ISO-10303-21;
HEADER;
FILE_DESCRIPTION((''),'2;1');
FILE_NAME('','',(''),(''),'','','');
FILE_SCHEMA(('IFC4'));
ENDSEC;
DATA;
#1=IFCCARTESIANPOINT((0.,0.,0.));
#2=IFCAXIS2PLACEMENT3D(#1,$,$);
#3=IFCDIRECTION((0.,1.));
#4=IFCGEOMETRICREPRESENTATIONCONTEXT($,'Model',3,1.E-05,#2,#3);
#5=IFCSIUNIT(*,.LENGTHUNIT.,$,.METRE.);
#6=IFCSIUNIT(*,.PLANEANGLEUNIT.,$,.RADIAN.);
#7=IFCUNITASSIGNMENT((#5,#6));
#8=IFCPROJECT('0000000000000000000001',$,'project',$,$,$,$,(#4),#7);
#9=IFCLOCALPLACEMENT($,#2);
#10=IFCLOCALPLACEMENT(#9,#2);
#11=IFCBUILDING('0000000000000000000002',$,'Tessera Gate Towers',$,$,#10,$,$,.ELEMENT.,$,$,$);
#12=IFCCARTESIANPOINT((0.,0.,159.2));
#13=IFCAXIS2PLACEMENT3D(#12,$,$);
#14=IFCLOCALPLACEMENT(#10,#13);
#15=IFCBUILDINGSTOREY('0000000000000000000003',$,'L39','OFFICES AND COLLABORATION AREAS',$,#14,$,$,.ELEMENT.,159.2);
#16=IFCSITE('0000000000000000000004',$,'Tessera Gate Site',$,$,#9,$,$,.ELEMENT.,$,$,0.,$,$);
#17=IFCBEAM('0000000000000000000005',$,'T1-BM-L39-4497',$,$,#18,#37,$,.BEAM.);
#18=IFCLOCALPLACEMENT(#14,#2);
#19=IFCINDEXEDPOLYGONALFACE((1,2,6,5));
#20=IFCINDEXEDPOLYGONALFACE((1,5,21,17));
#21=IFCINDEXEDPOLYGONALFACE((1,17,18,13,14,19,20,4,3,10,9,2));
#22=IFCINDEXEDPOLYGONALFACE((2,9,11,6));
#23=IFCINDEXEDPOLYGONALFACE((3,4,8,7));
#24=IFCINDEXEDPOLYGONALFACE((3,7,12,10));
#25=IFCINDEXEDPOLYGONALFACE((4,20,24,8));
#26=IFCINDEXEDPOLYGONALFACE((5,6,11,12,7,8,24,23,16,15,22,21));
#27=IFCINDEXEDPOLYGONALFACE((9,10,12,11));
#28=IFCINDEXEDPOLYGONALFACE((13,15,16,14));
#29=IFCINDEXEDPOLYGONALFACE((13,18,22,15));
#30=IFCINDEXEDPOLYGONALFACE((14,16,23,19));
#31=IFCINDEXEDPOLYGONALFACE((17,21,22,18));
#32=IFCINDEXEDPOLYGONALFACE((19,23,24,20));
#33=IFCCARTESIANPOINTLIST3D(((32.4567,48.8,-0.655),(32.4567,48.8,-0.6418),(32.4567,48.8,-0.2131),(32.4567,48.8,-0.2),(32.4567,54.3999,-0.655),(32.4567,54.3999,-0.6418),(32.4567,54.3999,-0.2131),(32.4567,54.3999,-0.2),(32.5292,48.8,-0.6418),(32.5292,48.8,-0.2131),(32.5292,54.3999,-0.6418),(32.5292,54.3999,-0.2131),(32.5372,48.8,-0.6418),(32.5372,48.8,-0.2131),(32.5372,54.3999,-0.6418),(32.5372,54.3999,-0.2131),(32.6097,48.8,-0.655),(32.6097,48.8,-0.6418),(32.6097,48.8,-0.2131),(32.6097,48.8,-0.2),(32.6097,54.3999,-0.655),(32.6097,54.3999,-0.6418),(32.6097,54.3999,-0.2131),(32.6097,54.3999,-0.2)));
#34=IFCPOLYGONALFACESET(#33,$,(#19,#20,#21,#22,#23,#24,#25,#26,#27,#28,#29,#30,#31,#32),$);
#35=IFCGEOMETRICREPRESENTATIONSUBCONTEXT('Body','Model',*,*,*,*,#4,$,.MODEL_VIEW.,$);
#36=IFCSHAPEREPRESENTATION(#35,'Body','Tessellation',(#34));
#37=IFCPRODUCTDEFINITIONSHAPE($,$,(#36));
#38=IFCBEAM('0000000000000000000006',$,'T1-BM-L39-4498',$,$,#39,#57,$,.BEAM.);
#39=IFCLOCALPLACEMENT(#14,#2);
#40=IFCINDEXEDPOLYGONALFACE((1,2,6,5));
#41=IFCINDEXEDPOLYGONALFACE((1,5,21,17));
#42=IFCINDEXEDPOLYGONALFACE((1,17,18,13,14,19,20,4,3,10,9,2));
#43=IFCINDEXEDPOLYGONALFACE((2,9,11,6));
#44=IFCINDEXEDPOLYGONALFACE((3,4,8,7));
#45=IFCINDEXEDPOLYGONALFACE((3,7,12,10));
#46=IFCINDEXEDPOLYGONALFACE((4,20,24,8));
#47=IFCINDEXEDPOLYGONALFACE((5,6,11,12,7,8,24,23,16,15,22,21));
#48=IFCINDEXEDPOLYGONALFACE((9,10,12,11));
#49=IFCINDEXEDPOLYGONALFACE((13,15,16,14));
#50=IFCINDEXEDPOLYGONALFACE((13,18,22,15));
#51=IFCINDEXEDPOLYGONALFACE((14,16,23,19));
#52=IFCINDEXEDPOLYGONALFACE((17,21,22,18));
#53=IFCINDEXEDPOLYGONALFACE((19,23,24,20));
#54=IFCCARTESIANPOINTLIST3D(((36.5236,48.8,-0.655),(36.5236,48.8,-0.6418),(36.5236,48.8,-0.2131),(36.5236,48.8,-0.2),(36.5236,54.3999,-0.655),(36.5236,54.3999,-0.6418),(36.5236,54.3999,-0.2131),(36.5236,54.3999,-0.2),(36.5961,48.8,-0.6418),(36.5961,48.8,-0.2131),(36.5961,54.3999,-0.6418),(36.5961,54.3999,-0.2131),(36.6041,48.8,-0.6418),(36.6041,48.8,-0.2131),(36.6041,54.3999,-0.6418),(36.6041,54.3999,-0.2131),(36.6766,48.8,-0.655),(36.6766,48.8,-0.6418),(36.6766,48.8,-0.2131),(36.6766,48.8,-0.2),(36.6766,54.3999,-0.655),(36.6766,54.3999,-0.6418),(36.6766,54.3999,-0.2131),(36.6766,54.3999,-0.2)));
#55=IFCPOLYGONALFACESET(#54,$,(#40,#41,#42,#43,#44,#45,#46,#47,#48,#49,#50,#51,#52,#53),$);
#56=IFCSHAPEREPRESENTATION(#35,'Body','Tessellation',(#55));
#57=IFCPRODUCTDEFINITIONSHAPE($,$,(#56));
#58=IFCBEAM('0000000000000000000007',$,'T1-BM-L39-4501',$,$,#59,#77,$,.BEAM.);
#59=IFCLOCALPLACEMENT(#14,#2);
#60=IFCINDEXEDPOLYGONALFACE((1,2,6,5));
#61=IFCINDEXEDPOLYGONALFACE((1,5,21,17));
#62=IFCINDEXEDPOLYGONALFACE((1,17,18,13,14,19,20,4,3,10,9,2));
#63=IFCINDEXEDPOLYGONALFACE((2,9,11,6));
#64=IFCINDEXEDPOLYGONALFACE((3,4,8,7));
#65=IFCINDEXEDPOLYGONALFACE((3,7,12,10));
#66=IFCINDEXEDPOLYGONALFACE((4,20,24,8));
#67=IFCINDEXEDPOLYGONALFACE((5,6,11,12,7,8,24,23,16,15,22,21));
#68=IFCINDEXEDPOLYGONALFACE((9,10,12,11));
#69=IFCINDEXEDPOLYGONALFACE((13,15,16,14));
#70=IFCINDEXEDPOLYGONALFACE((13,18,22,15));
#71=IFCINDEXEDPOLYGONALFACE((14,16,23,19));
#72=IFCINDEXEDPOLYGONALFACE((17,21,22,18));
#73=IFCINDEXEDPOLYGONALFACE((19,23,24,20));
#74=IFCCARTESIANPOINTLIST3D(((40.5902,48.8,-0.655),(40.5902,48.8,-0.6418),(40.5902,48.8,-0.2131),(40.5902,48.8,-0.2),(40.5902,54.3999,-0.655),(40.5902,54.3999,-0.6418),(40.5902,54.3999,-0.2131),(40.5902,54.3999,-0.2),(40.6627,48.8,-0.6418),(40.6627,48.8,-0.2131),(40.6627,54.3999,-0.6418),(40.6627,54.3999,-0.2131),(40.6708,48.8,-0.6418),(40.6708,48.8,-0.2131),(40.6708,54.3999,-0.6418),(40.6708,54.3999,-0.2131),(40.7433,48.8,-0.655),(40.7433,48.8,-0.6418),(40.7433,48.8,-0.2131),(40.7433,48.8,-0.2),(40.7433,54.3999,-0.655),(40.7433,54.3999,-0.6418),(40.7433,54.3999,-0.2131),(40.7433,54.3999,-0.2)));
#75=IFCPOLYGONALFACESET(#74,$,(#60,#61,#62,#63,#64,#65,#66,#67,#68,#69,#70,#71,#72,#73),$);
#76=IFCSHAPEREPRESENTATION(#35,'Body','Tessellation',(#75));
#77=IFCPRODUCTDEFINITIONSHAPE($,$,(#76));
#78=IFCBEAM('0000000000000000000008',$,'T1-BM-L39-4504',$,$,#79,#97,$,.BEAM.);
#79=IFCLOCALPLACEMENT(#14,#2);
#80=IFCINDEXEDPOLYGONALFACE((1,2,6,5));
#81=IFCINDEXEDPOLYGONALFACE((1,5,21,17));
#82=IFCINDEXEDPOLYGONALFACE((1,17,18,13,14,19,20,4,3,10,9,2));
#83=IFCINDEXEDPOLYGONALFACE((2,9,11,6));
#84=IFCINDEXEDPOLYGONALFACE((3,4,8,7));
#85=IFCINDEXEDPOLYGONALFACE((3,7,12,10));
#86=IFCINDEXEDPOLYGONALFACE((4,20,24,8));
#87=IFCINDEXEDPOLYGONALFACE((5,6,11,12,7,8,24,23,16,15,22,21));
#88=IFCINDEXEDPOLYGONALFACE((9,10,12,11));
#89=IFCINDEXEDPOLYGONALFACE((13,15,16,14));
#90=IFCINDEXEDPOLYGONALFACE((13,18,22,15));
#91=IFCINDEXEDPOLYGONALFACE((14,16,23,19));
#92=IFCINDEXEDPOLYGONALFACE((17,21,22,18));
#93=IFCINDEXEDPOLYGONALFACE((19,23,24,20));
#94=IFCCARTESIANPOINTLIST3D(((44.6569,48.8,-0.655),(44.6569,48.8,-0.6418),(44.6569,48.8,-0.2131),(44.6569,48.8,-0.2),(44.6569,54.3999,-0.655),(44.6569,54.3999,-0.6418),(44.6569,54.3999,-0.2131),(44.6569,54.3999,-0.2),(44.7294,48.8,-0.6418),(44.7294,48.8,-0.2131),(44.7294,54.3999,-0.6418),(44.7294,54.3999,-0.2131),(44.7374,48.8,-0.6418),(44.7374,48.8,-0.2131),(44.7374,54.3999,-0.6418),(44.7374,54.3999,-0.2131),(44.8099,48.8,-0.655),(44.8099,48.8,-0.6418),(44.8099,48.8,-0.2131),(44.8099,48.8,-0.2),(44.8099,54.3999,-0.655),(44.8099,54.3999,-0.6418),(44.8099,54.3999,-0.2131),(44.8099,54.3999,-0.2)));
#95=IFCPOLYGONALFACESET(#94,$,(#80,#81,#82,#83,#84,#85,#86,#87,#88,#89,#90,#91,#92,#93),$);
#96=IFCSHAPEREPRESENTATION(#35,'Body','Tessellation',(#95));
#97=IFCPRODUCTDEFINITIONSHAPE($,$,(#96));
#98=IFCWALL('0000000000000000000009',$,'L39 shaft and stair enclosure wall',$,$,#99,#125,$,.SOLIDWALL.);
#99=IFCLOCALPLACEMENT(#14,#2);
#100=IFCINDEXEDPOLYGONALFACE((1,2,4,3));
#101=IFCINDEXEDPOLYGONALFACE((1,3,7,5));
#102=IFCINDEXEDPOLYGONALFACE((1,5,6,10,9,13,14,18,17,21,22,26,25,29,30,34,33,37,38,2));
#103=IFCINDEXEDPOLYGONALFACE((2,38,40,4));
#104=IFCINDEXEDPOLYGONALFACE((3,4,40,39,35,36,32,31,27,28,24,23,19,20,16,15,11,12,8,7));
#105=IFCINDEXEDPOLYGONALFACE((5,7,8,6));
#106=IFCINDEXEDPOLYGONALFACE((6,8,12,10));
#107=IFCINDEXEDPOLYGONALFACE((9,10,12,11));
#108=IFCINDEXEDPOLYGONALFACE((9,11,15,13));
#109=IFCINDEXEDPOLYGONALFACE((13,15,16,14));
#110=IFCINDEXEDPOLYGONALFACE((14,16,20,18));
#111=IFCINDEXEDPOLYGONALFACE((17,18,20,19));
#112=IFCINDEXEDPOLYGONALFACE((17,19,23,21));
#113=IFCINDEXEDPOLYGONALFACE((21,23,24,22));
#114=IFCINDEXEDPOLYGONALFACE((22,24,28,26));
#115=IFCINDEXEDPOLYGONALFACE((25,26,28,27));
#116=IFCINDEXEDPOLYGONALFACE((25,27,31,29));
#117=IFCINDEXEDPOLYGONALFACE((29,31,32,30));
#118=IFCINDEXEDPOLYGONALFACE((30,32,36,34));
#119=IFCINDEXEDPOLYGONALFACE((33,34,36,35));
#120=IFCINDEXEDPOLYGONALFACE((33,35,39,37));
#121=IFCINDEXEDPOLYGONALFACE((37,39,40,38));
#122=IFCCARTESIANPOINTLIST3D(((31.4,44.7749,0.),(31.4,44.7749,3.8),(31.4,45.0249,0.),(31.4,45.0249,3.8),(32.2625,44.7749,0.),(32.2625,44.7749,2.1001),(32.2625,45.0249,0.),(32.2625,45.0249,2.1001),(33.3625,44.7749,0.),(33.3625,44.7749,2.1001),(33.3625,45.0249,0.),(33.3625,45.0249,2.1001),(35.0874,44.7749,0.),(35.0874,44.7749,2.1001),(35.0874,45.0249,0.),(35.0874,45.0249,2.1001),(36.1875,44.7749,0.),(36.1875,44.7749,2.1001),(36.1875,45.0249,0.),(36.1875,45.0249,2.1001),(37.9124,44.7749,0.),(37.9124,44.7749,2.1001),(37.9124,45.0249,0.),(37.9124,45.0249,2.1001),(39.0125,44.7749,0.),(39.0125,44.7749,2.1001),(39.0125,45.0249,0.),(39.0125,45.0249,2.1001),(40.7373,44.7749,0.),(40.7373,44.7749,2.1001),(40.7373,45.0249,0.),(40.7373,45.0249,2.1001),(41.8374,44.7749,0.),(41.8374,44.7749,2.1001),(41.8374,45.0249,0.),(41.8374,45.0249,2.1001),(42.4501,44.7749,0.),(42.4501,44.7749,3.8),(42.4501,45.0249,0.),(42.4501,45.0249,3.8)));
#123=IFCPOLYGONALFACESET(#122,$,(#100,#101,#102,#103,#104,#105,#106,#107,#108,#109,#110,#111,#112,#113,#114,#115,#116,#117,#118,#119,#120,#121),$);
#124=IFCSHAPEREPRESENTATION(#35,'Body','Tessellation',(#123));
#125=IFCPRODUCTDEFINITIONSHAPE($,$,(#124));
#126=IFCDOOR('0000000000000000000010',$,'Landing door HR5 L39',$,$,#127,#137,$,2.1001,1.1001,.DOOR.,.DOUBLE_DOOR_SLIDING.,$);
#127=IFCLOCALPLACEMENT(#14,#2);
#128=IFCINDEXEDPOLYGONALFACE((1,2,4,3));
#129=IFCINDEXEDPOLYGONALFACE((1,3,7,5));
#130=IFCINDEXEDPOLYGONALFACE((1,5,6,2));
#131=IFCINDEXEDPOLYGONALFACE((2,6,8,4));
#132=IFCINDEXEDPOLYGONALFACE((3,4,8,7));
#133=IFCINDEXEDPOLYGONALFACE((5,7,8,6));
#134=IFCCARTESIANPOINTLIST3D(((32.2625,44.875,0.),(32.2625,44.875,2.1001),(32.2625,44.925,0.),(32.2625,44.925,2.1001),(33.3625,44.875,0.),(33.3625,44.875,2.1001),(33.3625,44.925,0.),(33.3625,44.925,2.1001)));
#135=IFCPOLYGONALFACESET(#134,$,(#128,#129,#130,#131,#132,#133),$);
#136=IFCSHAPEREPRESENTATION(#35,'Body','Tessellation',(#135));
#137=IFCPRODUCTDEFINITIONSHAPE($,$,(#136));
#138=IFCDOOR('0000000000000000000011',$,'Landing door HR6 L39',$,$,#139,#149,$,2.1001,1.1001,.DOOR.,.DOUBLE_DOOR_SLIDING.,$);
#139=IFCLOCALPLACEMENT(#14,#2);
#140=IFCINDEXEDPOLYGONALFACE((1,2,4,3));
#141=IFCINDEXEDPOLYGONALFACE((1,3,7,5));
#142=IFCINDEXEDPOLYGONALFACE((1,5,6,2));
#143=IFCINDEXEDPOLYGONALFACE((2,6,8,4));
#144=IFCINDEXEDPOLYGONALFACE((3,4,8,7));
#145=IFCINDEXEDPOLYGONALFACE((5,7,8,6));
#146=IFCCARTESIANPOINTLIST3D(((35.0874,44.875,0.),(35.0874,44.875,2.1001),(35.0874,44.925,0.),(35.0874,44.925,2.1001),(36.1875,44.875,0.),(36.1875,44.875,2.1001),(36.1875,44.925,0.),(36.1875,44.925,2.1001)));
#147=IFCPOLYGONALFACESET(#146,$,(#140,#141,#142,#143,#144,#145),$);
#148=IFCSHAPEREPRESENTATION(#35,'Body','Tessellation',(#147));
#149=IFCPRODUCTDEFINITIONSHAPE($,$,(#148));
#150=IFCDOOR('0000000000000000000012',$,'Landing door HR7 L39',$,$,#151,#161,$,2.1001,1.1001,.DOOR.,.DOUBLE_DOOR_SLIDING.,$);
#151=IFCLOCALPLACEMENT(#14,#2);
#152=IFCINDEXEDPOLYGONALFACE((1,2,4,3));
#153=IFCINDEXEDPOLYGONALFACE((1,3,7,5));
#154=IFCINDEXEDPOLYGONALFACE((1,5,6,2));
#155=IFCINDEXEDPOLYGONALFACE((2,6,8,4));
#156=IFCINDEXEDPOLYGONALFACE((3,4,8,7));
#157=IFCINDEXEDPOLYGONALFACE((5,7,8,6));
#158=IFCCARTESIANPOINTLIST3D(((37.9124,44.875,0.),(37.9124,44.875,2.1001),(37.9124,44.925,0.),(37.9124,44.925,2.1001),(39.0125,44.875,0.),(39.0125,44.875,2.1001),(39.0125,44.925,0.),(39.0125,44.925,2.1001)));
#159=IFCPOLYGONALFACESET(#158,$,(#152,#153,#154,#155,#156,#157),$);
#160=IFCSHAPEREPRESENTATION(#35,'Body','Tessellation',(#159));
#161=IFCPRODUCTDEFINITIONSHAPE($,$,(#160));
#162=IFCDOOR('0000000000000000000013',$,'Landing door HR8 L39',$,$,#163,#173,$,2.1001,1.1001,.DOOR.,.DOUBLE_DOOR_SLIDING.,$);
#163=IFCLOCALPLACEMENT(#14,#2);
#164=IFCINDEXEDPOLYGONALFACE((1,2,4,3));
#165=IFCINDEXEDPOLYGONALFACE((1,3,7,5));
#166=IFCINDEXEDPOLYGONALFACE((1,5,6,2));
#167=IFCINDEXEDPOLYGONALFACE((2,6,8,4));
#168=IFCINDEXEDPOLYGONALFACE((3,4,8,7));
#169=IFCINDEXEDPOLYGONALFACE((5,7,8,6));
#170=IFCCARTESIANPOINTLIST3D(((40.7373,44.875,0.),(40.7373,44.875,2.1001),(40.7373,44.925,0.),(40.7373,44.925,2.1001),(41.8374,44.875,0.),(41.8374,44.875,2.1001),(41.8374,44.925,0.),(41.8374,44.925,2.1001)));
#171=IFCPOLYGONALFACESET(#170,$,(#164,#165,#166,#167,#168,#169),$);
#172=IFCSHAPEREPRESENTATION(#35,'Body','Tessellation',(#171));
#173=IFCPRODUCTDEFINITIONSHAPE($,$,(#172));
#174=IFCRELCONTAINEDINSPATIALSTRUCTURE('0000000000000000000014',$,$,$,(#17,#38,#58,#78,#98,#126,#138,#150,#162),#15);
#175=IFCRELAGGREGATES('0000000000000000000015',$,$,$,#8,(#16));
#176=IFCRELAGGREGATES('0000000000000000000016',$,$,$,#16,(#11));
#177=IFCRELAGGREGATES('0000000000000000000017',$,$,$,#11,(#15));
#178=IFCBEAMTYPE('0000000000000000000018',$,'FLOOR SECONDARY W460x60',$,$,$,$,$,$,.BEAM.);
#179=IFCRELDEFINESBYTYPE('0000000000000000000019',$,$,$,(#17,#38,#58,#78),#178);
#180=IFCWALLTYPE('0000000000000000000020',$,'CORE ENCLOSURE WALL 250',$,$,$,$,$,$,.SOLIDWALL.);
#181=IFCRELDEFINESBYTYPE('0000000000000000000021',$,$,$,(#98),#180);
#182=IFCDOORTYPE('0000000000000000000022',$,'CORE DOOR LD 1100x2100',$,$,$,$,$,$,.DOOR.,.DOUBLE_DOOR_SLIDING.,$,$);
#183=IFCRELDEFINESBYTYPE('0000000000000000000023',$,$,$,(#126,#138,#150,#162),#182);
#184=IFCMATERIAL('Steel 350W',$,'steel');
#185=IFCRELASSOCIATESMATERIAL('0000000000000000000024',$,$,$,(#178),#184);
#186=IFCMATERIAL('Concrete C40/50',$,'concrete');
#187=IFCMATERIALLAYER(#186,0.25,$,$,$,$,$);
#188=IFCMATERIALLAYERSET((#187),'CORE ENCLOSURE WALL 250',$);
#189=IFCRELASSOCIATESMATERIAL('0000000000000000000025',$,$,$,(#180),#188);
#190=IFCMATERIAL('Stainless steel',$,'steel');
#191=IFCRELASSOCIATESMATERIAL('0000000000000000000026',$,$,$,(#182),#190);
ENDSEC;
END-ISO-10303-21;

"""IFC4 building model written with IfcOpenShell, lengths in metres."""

from ifc_helpers import new_model, si_unit, direction, frame, frame_2d, origin, origin_2d, place, context, subcontext, project, spatial, rectangle, i_section, extrude, source, transform, mapped, material, layer, layer_set, material_profile, profile_set, type_object, element, fill, save


model = new_model("IFC4")

# Units and contexts
model_context = context("Model", 3, precision=1e-05, world=origin(), true_north=direction((0.0, 1.0)))
body_context = subcontext(model_context, "Body", "Model", "MODEL_VIEW")
ifc_project = project(units=[si_unit("LENGTHUNIT", "METRE"), si_unit("PLANEANGLEUNIT", "RADIAN")], contexts=[model_context])

# Site, building, storey
site_placement = place(None, origin())
site = spatial("IfcSite", under=ifc_project, at=site_placement, Name="Tessera Gate Site", CompositionType="ELEMENT", RefElevation=0.0)
building_placement = place(site_placement, origin())
building = spatial("IfcBuilding", under=site, at=building_placement, Name="Tessera Gate Towers", CompositionType="ELEMENT")
storey_placement = place(building_placement, frame((0.0, 0.0, 159.2)))
storey = spatial("IfcBuildingStorey", under=building, at=storey_placement, Name="L39", Description="OFFICES AND COLLABORATION AREAS", CompositionType="ELEMENT", Elevation=159.2)

# Beams
ifc_material_1 = material(Name="Steel 350W", Category="steel")
ifc_material_profile = material_profile(ifc_material_1, i_section(OverallWidth=0.1531, OverallDepth=0.4551, WebThickness=0.0081, FlangeThickness=0.0132, at=origin_2d()), Name="W460x60")
ifc_profile_set = profile_set([ifc_material_profile], Name="Steel 350W")
beam_type = type_object("IfcBeamType", Name="FLOOR SECONDARY W460x60", PredefinedType="BEAM", material=ifc_profile_set)
for number, where, z_axis, x_axis, name in (
    (1, (32.5332, 48.8, -0.4275), (0.0, 1.0, 0.0), (-1.0, 0.0, 0.0), "T1-BM-L39-4497"),
    (2, (36.6001, 48.8, -0.4275), (0.0, 1.0, 0.0), (-1.0, 0.0, 0.0), "T1-BM-L39-4498"),
    (3, (40.6667, 48.8, -0.4275), (0.0, 1.0, 0.0), (-1.0, 0.0, 0.0), "T1-BM-L39-4501"),
    (4, (44.7334, 48.8, -0.4275), (0.0, 1.0, 0.0), (-1.0, 0.0, 0.0), "T1-BM-L39-4504"),
):
    element("IfcBeam", number, at=place(storey_placement, frame(where, z_axis=z_axis, x_axis=x_axis)), inside=storey, type_object=beam_type, Name=name, PredefinedType="BEAM", context=body_context, shape_type="SweptSolid", body=[
        extrude(i_section(OverallWidth=0.1531, OverallDepth=0.4551, WebThickness=0.0081, FlangeThickness=0.0132, at=origin_2d()), origin(), (0.0, 0.0, 1.0), 5.5999),
    ])

# Wall, openings, doors
ifc_material_2 = material(Name="Concrete C40/50", Category="concrete")
ifc_layer_1 = layer(ifc_material_2, 0.25)
ifc_layer_set_1 = layer_set([ifc_layer_1], Name="CORE ENCLOSURE WALL 250")
wall_type_1 = type_object("IfcWallType", Name="CORE ENCLOSURE WALL 250", PredefinedType="SOLIDWALL", material=ifc_layer_set_1)
wall_1_placement = place(storey_placement, frame((42.45, 44.8999, 0.0), z_axis=(0.0, 0.0, 1.0), x_axis=(-1.0, 0.0, 0.0)))
wall_1 = element("IfcWall", 5, at=wall_1_placement, inside=storey, type_object=wall_type_1, Name="L39 shaft and stair enclosure wall", PredefinedType="SOLIDWALL", context=body_context, shape_type="SweptSolid", body=[
    extrude(rectangle(XDim=11.05, YDim=0.25, at=frame_2d((5.5249, 0.0))), origin(), (0.0, 0.0, 1.0), 3.8),
])
shared_shape_1 = source(origin(), body_context, "Body", "SweptSolid", [
    extrude(rectangle(XDim=1.1001, YDim=2.1001, at=frame_2d((0.55, 1.05))), frame((0.0, 0.135, 0.0), z_axis=(0.0, -1.0, 0.0), x_axis=(1.0, 0.0, 0.0)), (0.0, 0.0, 1.0), 0.27),
])
opening_1_placement = place(wall_1_placement, frame((9.0874, 0.0, 0.0)))
opening_1 = element("IfcOpeningElement", 6, at=opening_1_placement, cuts=wall_1, PredefinedType="OPENING", context=body_context, shape_type="MappedRepresentation", body=[
    mapped(shared_shape_1, transform((0.0, 0.0, 0.0), scale=1.0)),
])
opening_2_placement = place(wall_1_placement, frame((6.2625, 0.0, 0.0)))
opening_2 = element("IfcOpeningElement", 7, at=opening_2_placement, cuts=wall_1, PredefinedType="OPENING", context=body_context, shape_type="MappedRepresentation", body=[
    mapped(shared_shape_1, transform((0.0, 0.0, 0.0), scale=1.0)),
])
opening_3_placement = place(wall_1_placement, frame((3.4375, 0.0, 0.0)))
opening_3 = element("IfcOpeningElement", 8, at=opening_3_placement, cuts=wall_1, PredefinedType="OPENING", context=body_context, shape_type="MappedRepresentation", body=[
    mapped(shared_shape_1, transform((0.0, 0.0, 0.0), scale=1.0)),
])
opening_4_placement = place(wall_1_placement, frame((0.6125, 0.0, 0.0)))
opening_4 = element("IfcOpeningElement", 9, at=opening_4_placement, cuts=wall_1, PredefinedType="OPENING", context=body_context, shape_type="MappedRepresentation", body=[
    mapped(shared_shape_1, transform((0.0, 0.0, 0.0), scale=1.0)),
])
ifc_material_3 = material(Name="Stainless steel", Category="steel")
door_type_1 = type_object("IfcDoorType", Name="CORE DOOR LD 1100x2100", OperationType="DOUBLE_DOOR_SLIDING", PredefinedType="DOOR", material=ifc_material_3)
shared_shape_2 = source(origin(), body_context, "Body", "SweptSolid", [
    extrude(rectangle(XDim=1.1001, YDim=2.1001, at=frame_2d((0.55, 1.05))), frame((0.0, 0.0249, 0.0), z_axis=(0.0, -1.0, 0.0), x_axis=(1.0, 0.0, 0.0)), (0.0, 0.0, 1.0), 0.05),
])
door_1_placement = place(opening_1_placement, origin())
door_1 = element("IfcDoor", 10, at=door_1_placement, inside=storey, type_object=door_type_1, Name="Landing door HR5 L39", OperationType="DOUBLE_DOOR_SLIDING", OverallHeight=2.1001, OverallWidth=1.1001, PredefinedType="DOOR", context=body_context, shape_type="MappedRepresentation", body=[
    mapped(shared_shape_2, transform((0.0, 0.0, 0.0), scale=1.0)),
])
fill(opening_1, door_1)
door_2_placement = place(opening_2_placement, origin())
door_2 = element("IfcDoor", 11, at=door_2_placement, inside=storey, type_object=door_type_1, Name="Landing door HR6 L39", OperationType="DOUBLE_DOOR_SLIDING", OverallHeight=2.1001, OverallWidth=1.1001, PredefinedType="DOOR", context=body_context, shape_type="MappedRepresentation", body=[
    mapped(shared_shape_2, transform((0.0, 0.0, 0.0), scale=1.0)),
])
fill(opening_2, door_2)
door_3_placement = place(opening_3_placement, origin())
door_3 = element("IfcDoor", 12, at=door_3_placement, inside=storey, type_object=door_type_1, Name="Landing door HR7 L39", OperationType="DOUBLE_DOOR_SLIDING", OverallHeight=2.1001, OverallWidth=1.1001, PredefinedType="DOOR", context=body_context, shape_type="MappedRepresentation", body=[
    mapped(shared_shape_2, transform((0.0, 0.0, 0.0), scale=1.0)),
])
fill(opening_3, door_3)
door_4_placement = place(opening_4_placement, origin())
door_4 = element("IfcDoor", 13, at=door_4_placement, inside=storey, type_object=door_type_1, Name="Landing door HR8 L39", OperationType="DOUBLE_DOOR_SLIDING", OverallHeight=2.1001, OverallWidth=1.1001, PredefinedType="DOOR", context=body_context, shape_type="MappedRepresentation", body=[
    mapped(shared_shape_2, transform((0.0, 0.0, 0.0), scale=1.0)),
])
fill(opening_4, door_4)

save(model, "model.ifc")
